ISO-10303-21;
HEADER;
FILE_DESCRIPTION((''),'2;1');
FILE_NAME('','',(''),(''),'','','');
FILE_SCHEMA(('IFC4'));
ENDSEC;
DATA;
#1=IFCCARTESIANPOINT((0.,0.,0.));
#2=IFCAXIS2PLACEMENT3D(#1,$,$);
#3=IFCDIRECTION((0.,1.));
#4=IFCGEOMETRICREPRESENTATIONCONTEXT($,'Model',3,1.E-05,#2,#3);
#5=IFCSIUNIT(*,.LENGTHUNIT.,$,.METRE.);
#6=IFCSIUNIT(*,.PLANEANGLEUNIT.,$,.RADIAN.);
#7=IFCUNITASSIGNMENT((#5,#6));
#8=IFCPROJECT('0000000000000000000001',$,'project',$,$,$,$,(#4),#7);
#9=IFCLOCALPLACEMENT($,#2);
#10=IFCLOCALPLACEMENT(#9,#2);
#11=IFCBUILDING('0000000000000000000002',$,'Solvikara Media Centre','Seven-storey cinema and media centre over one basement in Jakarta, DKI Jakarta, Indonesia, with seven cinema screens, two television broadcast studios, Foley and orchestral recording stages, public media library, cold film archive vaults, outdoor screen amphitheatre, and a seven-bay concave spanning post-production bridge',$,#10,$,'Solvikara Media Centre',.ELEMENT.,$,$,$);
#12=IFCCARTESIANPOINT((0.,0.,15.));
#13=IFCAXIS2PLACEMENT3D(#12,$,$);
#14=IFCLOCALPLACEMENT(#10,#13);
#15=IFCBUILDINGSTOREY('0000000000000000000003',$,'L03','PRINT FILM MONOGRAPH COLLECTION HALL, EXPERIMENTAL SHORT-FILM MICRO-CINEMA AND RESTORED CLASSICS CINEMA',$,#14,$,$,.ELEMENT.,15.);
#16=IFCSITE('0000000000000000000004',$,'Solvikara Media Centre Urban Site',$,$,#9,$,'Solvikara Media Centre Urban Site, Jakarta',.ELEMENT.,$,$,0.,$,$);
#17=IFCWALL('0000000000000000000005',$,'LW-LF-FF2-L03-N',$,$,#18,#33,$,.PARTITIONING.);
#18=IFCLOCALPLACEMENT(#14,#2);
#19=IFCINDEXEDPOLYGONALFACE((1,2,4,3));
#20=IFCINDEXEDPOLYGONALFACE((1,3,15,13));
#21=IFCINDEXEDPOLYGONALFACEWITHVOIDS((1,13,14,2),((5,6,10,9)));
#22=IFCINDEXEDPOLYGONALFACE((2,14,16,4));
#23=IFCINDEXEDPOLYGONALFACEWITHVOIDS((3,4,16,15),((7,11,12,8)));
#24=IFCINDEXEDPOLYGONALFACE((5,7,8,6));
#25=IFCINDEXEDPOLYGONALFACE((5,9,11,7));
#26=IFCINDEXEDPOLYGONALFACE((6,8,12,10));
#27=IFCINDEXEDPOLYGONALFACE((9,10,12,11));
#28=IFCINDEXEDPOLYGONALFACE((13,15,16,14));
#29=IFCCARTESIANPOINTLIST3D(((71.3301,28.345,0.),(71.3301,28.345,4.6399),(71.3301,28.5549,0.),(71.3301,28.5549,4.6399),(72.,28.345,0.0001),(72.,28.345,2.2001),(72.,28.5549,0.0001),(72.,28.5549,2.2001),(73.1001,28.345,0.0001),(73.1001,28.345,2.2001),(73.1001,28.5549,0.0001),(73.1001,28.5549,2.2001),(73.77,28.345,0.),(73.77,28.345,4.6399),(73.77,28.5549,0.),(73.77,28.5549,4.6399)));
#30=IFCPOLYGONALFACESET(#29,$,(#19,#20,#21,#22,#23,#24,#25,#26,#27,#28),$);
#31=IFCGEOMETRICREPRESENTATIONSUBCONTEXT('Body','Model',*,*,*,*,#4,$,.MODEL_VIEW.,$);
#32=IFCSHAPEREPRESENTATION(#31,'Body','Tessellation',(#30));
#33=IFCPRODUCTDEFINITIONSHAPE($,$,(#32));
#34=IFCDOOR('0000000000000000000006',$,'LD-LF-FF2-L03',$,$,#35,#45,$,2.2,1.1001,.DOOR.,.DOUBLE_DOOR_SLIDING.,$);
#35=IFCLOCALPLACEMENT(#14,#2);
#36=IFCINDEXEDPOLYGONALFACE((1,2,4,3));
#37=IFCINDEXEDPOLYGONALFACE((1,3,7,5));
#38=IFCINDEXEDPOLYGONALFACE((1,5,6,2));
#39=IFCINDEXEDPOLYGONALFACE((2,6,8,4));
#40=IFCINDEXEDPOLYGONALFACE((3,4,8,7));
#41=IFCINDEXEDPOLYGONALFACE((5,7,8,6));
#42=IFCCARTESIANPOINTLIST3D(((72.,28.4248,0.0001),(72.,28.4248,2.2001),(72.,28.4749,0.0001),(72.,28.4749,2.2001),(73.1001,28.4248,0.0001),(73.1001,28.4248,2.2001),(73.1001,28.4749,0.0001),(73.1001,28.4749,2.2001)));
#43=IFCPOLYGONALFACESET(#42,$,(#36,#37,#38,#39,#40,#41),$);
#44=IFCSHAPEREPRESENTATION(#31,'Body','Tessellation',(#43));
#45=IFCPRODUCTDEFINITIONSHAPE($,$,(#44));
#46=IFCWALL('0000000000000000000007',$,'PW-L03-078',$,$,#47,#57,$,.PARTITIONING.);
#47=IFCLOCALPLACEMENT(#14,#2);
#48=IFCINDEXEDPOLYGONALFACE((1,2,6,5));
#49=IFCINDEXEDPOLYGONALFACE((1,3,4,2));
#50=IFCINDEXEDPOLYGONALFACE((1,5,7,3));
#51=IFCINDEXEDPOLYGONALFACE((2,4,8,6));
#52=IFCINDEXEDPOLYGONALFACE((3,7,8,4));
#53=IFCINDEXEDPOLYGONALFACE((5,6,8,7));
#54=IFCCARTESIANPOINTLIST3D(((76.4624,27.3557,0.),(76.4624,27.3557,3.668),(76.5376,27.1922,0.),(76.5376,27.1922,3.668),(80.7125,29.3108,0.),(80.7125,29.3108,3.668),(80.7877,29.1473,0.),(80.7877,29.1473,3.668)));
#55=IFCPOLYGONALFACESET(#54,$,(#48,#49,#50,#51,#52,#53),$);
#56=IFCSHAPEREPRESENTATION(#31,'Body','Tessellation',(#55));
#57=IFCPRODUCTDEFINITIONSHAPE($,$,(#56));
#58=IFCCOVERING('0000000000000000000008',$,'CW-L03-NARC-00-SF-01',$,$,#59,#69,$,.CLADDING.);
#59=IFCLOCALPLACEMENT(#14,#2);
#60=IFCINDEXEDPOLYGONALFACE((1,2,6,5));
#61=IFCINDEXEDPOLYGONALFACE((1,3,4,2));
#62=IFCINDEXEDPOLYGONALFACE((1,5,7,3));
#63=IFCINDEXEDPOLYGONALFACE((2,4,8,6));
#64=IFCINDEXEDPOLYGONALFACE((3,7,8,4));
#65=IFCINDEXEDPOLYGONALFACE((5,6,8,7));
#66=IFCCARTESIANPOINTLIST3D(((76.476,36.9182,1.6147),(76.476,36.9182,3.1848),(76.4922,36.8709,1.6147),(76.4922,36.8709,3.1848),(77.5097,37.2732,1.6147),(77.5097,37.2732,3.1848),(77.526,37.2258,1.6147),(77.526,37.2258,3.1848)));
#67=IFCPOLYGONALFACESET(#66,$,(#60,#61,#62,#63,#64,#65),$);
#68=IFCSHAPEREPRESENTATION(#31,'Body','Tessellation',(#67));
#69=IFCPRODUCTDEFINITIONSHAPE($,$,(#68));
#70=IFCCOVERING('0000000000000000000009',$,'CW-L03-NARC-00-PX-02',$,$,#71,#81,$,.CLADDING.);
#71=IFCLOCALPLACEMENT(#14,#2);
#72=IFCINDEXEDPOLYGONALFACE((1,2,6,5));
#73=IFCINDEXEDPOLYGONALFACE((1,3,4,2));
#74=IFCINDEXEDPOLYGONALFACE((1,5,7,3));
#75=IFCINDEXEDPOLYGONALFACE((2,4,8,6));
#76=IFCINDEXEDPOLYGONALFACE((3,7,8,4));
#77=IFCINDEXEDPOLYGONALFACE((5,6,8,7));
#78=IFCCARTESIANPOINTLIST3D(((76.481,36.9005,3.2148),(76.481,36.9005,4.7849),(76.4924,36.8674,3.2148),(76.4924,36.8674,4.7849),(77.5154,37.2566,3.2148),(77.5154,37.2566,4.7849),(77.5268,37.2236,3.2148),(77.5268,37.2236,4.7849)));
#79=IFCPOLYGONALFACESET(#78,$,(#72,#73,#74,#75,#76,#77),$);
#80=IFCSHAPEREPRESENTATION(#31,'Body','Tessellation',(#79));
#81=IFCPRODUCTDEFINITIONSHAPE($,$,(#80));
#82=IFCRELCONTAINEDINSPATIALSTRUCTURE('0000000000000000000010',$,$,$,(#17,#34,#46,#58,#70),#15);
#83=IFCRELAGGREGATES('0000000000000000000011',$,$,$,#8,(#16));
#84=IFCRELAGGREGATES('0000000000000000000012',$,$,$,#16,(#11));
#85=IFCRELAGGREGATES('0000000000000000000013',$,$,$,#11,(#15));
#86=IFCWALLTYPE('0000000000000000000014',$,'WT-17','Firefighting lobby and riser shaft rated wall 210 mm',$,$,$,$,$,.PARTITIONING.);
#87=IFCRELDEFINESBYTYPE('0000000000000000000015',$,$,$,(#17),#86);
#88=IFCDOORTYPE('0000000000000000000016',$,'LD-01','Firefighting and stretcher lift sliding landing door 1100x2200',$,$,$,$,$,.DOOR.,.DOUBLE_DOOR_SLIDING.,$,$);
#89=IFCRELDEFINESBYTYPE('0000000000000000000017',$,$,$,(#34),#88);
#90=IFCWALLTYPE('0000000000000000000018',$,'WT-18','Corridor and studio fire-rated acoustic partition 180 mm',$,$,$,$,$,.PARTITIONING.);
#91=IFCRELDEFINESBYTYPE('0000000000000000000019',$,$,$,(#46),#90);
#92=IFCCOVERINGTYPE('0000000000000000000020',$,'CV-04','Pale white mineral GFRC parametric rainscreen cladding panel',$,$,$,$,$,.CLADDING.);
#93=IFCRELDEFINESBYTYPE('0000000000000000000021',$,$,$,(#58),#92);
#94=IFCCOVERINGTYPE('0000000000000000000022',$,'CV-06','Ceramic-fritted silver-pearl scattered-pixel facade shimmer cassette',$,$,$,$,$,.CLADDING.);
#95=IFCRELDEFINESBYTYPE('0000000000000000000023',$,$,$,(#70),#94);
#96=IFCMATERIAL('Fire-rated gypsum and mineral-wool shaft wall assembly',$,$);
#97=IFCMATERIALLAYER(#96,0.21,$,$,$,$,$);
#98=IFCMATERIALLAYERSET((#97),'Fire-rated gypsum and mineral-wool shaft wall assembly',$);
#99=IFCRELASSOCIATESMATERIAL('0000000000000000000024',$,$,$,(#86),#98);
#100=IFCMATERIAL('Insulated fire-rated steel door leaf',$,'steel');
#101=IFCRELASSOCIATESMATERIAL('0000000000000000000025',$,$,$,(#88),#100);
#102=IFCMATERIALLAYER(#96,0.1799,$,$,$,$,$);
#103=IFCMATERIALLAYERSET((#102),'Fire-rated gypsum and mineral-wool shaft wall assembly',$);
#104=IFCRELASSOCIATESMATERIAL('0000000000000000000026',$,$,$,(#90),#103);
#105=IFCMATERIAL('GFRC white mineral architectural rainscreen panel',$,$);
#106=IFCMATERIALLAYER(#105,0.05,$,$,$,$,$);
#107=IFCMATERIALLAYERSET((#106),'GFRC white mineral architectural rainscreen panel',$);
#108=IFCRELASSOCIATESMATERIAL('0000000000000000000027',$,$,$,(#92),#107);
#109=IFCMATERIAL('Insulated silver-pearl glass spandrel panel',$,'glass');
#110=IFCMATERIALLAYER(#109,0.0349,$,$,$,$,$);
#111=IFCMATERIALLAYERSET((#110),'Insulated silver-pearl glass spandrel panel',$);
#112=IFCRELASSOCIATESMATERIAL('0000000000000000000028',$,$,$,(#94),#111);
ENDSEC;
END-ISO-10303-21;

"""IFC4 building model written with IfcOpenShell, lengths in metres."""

from ifc_helpers import new_model, si_unit, direction, frame, frame_2d, origin, origin_2d, place, context, subcontext, project, spatial, rectangle, extrude, material, layer, layer_set, type_object, element, fill, save


model = new_model("IFC4")

# Units and contexts
model_context = context("Model", 3, precision=1e-05, world=origin(), true_north=direction((0.0, 1.0)))
body_context = subcontext(model_context, "Body", "Model", "MODEL_VIEW")
ifc_project = project(units=[si_unit("LENGTHUNIT", "METRE"), si_unit("PLANEANGLEUNIT", "RADIAN")], contexts=[model_context])

# Site, building, storey
site_placement = place(None, origin())
site = spatial("IfcSite", under=ifc_project, at=site_placement, Name="Solvikara Media Centre Urban Site", LongName="Solvikara Media Centre Urban Site, Jakarta", CompositionType="ELEMENT", RefElevation=0.0)
building_placement = place(site_placement, origin())
building = spatial("IfcBuilding", under=site, at=building_placement, Name="Solvikara Media Centre", Description="Seven-storey cinema and media centre over one basement in Jakarta, DKI Jakarta, Indonesia, with seven cinema screens, two television broadcast studios, Foley and orchestral recording stages, public media library, cold film archive vaults, outdoor screen amphitheatre, and a seven-bay concave spanning post-production bridge", LongName="Solvikara Media Centre", CompositionType="ELEMENT")
storey_placement = place(building_placement, frame((0.0, 0.0, 15.0)))
storey = spatial("IfcBuildingStorey", under=building, at=storey_placement, Name="L03", Description="PRINT FILM MONOGRAPH COLLECTION HALL, EXPERIMENTAL SHORT-FILM MICRO-CINEMA AND RESTORED CLASSICS CINEMA", CompositionType="ELEMENT", Elevation=15.0)

# Shared definitions
ifc_material_1 = material(Name="Insulated silver-pearl glass spandrel panel", Category="glass")

# Wall, opening, door
ifc_material_2 = material(Name="Insulated fire-rated steel door leaf", Category="steel")
ifc_material_3 = material(Name="Fire-rated gypsum and mineral-wool shaft wall assembly")
ifc_layer_1 = layer(ifc_material_3, 0.21)
ifc_layer_set_1 = layer_set([ifc_layer_1], Name="Fire-rated gypsum and mineral-wool shaft wall assembly")
wall_type_1 = type_object("IfcWallType", Name="WT-17", Description="Firefighting lobby and riser shaft rated wall 210 mm", PredefinedType="PARTITIONING", material=ifc_layer_set_1)
wall_1_placement = place(storey_placement, frame((71.3301, 28.45, 0.0), z_axis=(0.0, 0.0, 1.0), x_axis=(1.0, 0.0, 0.0)))
wall_1 = element("IfcWall", 1, at=wall_1_placement, inside=storey, type_object=wall_type_1, Name="LW-LF-FF2-L03-N", PredefinedType="PARTITIONING", context=body_context, shape_type="SweptSolid", body=[
    extrude(rectangle(XDim=2.4399, YDim=0.21, at=frame_2d((1.22, 0.0))), origin(), (0.0, 0.0, 1.0), 4.6399),
])
opening_1_placement = place(wall_1_placement, frame((0.6699, 0.0, 0.0)))
opening_1 = element("IfcOpeningElement", 2, at=opening_1_placement, cuts=wall_1, PredefinedType="OPENING", context=body_context, shape_type="SweptSolid", body=[
    extrude(rectangle(XDim=1.1001, YDim=2.2, at=frame_2d((0.55, 1.1001))), frame((0.0, 0.1169, 0.0), z_axis=(0.0, -1.0, 0.0), x_axis=(1.0, 0.0, 0.0)), (0.0, 0.0, 1.0), 0.2339),
])
door_type_1 = type_object("IfcDoorType", Name="LD-01", Description="Firefighting and stretcher lift sliding landing door 1100x2200", OperationType="DOUBLE_DOOR_SLIDING", PredefinedType="DOOR", material=ifc_material_2)
door_1_placement = place(opening_1_placement, origin())
door_1 = element("IfcDoor", 3, at=door_1_placement, inside=storey, type_object=door_type_1, Name="LD-LF-FF2-L03", OperationType="DOUBLE_DOOR_SLIDING", OverallHeight=2.2, OverallWidth=1.1001, PredefinedType="DOOR", context=body_context, shape_type="SweptSolid", body=[
    extrude(rectangle(XDim=1.1001, YDim=2.2, at=frame_2d((0.55, 1.1001))), frame((0.0, 0.0249, 0.0), z_axis=(0.0, -1.0, 0.0), x_axis=(1.0, 0.0, 0.0)), (0.0, 0.0, 1.0), 0.05),
])
fill(opening_1, door_1)

# Wall
ifc_layer_2 = layer(ifc_material_3, 0.1799)
ifc_layer_set_2 = layer_set([ifc_layer_2], Name="Fire-rated gypsum and mineral-wool shaft wall assembly")
wall_type_2 = type_object("IfcWallType", Name="WT-18", Description="Corridor and studio fire-rated acoustic partition 180 mm", PredefinedType="PARTITIONING", material=ifc_layer_set_2)
wall_2_placement = place(storey_placement, frame((76.5, 27.2739, 0.0), z_axis=(0.0, 0.0, 1.0), x_axis=(0.908484, 0.417919, 0.0)))
element("IfcWall", 4, at=wall_2_placement, inside=storey, type_object=wall_type_2, Name="PW-L03-078", PredefinedType="PARTITIONING", context=body_context, shape_type="SweptSolid", body=[
    extrude(rectangle(XDim=4.6782, YDim=0.1799, at=frame_2d((2.3391, 0.0))), origin(), (0.0, 0.0, 1.0), 3.668),
])

# Coverings
ifc_material_4 = material(Name="GFRC white mineral architectural rainscreen panel")
ifc_layer_3 = layer(ifc_material_4, 0.05)
ifc_layer_set_3 = layer_set([ifc_layer_3], Name="GFRC white mineral architectural rainscreen panel")
covering_type_1 = type_object("IfcCoveringType", Name="CV-04", Description="Pale white mineral GFRC parametric rainscreen cladding panel", PredefinedType="CLADDING", material=ifc_layer_set_3)
covering_1_placement = place(storey_placement, frame((77.001, 37.072, 1.6147), z_axis=(0.0, 0.0, 1.0), x_axis=(0.945808, 0.324726, 0.0)))
element("IfcCovering", 5, at=covering_1_placement, inside=storey, type_object=covering_type_1, Name="CW-L03-NARC-00-SF-01", PredefinedType="CLADDING", context=body_context, shape_type="SweptSolid", body=[
    extrude(rectangle(XDim=1.093, YDim=0.05, at=origin_2d()), origin(), (0.0, 0.0, 1.0), 1.5701),
])
ifc_layer_4 = layer(ifc_material_1, 0.0349)
ifc_layer_set_4 = layer_set([ifc_layer_4], Name="Insulated silver-pearl glass spandrel panel")
covering_type_2 = type_object("IfcCoveringType", Name="CV-06", Description="Ceramic-fritted silver-pearl scattered-pixel facade shimmer cassette", PredefinedType="CLADDING", material=ifc_layer_set_4)
covering_2_placement = place(storey_placement, frame((77.0039, 37.062, 3.2148), z_axis=(0.0, 0.0, 1.0), x_axis=(0.94553, 0.325535, 0.0)))
element("IfcCovering", 6, at=covering_2_placement, inside=storey, type_object=covering_type_2, Name="CW-L03-NARC-00-PX-02", PredefinedType="CLADDING", context=body_context, shape_type="SweptSolid", body=[
    extrude(rectangle(XDim=1.094, YDim=0.0349, at=origin_2d()), origin(), (0.0, 0.0, 1.0), 1.5701),
])

save(model, "model.ifc")
